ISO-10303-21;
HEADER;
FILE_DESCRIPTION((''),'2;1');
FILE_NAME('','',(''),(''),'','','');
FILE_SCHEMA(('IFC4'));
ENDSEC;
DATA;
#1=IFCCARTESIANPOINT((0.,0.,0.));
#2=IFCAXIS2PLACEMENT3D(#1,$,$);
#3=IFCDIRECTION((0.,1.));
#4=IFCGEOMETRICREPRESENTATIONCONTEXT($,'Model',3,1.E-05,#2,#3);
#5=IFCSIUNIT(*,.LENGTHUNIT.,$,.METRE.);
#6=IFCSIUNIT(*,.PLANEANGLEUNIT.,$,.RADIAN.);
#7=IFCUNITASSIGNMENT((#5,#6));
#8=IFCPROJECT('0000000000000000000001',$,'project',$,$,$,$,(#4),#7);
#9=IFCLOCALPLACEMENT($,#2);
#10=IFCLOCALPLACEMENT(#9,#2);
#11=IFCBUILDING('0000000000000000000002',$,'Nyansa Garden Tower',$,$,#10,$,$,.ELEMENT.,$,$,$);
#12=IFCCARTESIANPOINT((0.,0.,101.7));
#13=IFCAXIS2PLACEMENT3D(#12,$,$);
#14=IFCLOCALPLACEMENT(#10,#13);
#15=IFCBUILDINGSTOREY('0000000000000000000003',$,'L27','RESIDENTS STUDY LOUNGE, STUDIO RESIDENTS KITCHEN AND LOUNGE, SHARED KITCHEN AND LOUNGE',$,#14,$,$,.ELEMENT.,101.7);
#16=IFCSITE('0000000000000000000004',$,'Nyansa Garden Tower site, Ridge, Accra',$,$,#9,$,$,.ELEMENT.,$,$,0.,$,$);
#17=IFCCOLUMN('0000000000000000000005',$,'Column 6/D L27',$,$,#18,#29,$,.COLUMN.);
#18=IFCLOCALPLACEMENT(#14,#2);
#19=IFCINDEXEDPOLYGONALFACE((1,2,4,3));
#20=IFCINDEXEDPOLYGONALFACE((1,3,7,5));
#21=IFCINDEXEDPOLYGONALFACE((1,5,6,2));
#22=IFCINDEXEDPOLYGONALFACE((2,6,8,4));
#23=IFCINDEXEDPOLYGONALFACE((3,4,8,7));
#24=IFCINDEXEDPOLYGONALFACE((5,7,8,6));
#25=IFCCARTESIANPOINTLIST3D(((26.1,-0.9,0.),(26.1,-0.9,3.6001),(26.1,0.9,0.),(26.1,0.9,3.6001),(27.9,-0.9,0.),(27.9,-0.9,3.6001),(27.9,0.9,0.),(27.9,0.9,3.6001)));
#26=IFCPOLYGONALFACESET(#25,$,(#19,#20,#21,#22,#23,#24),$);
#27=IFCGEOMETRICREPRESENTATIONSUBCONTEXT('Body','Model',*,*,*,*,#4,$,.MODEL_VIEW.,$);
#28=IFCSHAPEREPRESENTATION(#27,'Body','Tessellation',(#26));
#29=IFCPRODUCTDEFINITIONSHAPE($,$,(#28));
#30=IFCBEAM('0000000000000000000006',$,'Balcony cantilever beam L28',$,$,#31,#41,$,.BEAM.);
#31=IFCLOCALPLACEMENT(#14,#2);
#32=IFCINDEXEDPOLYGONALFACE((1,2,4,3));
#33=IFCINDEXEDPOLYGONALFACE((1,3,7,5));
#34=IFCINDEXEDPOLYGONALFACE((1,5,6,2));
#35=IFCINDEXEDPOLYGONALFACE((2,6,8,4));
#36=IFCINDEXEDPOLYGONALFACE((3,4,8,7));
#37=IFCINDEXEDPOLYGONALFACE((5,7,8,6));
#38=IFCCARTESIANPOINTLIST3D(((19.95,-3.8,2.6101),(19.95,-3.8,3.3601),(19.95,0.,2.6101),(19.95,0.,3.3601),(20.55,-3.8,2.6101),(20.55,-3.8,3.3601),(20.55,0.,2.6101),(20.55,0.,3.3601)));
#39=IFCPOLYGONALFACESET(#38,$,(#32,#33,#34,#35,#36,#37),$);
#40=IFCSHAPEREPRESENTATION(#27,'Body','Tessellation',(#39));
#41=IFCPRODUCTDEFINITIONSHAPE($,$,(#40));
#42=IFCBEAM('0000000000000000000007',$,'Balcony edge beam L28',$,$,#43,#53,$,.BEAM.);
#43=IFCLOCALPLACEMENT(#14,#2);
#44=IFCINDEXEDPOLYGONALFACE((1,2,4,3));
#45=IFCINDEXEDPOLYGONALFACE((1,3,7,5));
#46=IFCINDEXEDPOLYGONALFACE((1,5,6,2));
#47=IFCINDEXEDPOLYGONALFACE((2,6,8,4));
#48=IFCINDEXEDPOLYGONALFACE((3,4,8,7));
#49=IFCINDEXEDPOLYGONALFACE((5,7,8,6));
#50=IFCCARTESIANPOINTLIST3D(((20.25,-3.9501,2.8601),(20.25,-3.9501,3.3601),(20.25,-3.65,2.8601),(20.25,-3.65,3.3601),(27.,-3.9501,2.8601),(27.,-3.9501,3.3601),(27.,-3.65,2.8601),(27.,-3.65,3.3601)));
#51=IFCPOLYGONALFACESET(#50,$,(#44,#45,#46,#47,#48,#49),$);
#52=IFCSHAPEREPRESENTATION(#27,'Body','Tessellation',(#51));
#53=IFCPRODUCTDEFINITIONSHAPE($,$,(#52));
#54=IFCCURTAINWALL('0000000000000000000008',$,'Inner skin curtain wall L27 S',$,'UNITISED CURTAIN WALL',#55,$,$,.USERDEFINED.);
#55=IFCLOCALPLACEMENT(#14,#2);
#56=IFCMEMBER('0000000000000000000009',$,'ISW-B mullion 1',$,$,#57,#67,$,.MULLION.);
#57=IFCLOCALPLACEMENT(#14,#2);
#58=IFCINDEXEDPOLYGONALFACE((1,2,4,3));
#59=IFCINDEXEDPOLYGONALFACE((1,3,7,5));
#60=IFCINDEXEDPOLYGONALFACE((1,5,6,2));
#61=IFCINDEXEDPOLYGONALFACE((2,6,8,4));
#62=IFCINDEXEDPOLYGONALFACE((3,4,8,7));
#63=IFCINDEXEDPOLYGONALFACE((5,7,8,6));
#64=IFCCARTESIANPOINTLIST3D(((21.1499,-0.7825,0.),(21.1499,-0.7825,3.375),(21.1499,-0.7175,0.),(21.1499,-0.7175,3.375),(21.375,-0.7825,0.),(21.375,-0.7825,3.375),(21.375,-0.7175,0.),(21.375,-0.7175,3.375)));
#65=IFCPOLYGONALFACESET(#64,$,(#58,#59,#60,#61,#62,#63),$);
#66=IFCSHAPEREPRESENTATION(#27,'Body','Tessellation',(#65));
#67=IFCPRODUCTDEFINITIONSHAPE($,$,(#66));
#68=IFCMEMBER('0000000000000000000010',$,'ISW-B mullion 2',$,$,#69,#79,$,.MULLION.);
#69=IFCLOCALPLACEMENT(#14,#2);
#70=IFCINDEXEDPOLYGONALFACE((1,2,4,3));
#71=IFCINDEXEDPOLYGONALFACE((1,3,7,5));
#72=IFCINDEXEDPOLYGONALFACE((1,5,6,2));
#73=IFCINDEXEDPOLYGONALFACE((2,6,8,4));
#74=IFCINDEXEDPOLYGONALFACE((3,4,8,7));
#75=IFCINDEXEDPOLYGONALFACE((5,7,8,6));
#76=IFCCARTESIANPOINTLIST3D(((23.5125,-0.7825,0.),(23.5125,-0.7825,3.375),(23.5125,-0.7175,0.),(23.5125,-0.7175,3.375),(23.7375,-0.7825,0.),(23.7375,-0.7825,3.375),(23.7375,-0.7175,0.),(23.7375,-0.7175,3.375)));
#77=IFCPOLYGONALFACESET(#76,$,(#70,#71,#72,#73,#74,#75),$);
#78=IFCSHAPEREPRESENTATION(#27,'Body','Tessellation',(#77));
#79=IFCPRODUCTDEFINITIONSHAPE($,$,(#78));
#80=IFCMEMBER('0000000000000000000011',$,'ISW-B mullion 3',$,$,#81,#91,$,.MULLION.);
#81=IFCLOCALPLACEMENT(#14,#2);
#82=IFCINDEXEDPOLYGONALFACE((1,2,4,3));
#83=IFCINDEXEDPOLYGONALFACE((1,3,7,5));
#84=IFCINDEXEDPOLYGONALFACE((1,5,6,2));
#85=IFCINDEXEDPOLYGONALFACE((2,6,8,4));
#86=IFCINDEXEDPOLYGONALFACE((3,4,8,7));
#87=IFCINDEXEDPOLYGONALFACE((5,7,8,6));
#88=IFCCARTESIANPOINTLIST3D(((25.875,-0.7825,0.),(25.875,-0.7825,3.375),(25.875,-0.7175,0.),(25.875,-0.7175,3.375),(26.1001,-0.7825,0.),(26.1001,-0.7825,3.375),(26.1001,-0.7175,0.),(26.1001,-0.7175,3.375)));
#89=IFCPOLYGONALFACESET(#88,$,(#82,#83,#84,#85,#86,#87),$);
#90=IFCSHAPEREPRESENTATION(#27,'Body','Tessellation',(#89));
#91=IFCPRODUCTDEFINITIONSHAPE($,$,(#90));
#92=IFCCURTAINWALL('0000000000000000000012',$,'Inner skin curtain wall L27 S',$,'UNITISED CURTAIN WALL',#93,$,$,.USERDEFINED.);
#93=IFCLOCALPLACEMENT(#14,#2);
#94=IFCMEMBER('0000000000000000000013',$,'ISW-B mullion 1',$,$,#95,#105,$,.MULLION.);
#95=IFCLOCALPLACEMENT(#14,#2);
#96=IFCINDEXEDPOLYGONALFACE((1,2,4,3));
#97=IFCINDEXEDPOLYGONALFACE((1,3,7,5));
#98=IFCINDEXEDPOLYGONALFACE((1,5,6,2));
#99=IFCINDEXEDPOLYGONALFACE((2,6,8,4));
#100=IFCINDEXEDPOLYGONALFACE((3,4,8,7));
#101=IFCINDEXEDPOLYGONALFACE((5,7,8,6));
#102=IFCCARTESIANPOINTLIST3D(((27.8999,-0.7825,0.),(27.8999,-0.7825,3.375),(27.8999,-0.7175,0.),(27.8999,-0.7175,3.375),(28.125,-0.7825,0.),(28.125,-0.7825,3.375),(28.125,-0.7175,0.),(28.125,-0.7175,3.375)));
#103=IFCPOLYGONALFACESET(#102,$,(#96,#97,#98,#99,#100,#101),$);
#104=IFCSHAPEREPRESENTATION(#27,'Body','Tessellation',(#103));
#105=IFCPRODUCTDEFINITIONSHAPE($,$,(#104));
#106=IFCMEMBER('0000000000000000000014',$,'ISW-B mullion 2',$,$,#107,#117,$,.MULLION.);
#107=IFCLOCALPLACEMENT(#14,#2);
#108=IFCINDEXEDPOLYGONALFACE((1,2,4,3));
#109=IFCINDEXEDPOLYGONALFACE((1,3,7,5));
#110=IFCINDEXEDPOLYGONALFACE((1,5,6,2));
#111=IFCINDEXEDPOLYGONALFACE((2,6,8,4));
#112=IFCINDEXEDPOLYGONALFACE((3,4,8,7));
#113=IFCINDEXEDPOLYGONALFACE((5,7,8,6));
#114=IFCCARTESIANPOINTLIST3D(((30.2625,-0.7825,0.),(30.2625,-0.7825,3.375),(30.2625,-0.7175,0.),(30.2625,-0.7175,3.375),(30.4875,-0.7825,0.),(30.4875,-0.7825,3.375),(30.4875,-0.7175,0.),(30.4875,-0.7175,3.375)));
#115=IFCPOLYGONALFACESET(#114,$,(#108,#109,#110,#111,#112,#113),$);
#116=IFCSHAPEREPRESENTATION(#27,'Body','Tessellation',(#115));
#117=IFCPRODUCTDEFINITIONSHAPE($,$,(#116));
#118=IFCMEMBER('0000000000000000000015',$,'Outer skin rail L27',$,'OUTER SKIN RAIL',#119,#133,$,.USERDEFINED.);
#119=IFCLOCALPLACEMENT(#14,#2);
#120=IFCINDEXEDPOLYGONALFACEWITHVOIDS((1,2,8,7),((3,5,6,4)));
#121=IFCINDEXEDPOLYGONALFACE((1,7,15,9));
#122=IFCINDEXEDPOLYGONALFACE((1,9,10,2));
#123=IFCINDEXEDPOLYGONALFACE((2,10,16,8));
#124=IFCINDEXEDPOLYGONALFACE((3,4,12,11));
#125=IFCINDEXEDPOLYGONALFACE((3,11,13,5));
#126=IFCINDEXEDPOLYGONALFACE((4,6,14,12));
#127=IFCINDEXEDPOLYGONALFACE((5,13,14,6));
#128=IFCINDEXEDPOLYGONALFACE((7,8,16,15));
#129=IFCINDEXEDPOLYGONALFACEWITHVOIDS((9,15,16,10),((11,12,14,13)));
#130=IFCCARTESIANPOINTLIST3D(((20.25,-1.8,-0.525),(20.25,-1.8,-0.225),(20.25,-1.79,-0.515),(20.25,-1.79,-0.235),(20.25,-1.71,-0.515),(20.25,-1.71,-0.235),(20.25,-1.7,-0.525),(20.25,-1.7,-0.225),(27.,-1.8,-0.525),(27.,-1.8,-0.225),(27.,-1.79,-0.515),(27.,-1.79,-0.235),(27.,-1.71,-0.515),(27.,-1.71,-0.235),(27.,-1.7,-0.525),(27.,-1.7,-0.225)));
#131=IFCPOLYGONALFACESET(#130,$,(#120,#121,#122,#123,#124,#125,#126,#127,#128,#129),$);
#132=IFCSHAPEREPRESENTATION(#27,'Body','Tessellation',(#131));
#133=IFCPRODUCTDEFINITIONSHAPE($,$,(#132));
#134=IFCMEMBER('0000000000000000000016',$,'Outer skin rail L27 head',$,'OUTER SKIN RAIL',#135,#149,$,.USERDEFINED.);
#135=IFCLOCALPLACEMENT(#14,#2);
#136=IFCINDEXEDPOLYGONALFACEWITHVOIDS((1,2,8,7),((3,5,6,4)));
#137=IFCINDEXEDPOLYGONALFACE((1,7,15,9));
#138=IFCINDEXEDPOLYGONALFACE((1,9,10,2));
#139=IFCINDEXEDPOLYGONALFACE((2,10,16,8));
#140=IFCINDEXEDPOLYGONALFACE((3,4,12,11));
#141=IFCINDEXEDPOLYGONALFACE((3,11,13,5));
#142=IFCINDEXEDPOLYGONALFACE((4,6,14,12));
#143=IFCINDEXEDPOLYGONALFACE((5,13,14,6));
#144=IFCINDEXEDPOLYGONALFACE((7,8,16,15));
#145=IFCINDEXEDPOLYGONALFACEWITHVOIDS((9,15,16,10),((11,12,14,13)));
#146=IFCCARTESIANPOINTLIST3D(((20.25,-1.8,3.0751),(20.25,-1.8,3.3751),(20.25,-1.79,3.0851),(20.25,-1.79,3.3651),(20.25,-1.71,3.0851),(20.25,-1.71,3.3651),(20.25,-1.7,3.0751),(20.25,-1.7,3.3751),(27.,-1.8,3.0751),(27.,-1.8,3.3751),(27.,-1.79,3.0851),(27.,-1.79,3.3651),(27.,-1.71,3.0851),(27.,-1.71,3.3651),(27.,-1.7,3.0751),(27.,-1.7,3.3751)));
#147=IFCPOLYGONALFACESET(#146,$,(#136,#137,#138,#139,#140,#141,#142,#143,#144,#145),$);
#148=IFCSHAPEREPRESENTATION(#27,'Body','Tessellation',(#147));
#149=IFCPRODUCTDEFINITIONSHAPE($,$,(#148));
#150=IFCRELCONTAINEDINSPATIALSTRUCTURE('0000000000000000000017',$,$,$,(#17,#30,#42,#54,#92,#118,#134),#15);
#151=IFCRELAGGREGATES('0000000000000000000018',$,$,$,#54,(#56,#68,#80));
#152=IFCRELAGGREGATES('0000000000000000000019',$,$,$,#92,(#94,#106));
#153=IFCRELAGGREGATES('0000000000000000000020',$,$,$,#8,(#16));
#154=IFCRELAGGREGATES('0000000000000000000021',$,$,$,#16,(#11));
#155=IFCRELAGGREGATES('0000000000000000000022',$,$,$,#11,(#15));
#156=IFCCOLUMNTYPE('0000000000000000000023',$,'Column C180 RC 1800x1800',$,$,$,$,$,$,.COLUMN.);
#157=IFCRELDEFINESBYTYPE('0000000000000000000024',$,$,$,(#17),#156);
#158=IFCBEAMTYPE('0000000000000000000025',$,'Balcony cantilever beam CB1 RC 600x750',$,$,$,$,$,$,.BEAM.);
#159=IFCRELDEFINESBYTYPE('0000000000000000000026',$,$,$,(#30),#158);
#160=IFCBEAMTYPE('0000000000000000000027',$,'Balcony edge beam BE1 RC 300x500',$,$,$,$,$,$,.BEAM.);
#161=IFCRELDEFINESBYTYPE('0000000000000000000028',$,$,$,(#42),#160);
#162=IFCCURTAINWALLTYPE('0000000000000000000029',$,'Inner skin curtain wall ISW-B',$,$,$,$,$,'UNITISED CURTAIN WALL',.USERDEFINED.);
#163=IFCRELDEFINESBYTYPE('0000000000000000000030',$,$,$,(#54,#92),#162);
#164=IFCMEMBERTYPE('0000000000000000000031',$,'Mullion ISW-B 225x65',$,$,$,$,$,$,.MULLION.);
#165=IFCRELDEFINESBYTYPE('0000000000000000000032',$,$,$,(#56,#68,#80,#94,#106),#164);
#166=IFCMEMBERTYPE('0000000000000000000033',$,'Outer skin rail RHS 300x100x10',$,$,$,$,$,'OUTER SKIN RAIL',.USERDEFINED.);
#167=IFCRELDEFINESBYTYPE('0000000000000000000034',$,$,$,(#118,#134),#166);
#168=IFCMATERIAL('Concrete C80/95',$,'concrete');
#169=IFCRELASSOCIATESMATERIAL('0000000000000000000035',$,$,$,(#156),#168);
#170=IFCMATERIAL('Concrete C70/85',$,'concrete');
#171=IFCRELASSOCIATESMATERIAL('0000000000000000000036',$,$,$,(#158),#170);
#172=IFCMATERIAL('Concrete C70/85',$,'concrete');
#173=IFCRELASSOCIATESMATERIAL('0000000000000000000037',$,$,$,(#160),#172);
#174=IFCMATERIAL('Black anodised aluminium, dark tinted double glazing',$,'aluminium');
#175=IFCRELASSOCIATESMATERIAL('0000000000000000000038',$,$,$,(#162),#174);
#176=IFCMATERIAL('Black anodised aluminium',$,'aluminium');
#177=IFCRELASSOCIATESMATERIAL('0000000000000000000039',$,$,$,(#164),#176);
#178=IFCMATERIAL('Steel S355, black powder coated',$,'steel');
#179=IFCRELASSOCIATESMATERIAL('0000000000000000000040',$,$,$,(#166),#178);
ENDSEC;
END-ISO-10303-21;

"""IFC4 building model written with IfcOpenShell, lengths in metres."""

from ifc_helpers import new_model, si_unit, direction, frame, origin, origin_2d, place, context, subcontext, project, spatial, rectangle, hollow_rectangle, extrude, material, material_profile, profile_set, type_object, element, aggregate, save


model = new_model("IFC4")

# Units and contexts
model_context = context("Model", 3, precision=1e-05, world=origin(), true_north=direction((0.0, 1.0)))
body_context = subcontext(model_context, "Body", "Model", "MODEL_VIEW")
ifc_project = project(units=[si_unit("LENGTHUNIT", "METRE"), si_unit("PLANEANGLEUNIT", "RADIAN")], contexts=[model_context])

# Site, building, storey
site_placement = place(None, origin())
site = spatial("IfcSite", under=ifc_project, at=site_placement, Name="Nyansa Garden Tower site, Ridge, Accra", CompositionType="ELEMENT", RefElevation=0.0)
building_placement = place(site_placement, origin())
building = spatial("IfcBuilding", under=site, at=building_placement, Name="Nyansa Garden Tower", CompositionType="ELEMENT")
storey_placement = place(building_placement, frame((0.0, 0.0, 101.7)))
storey = spatial("IfcBuildingStorey", under=building, at=storey_placement, Name="L27", Description="RESIDENTS STUDY LOUNGE, STUDIO RESIDENTS KITCHEN AND LOUNGE, SHARED KITCHEN AND LOUNGE", CompositionType="ELEMENT", Elevation=101.7)

# Column
ifc_material_1 = material(Name="Concrete C80/95", Category="concrete")
ifc_material_profile_1 = material_profile(ifc_material_1, rectangle(XDim=1.8, YDim=1.8, at=origin_2d()), Name="RC 1800x1800")
ifc_profile_set_1 = profile_set([ifc_material_profile_1], Name="Concrete C80/95")
column_type = type_object("IfcColumnType", Name="Column C180 RC 1800x1800", PredefinedType="COLUMN", material=ifc_profile_set_1)
column_placement = place(storey_placement, frame((27.0, 0.0, 0.0), z_axis=(0.0, 0.0, 1.0), x_axis=(1.0, 0.0, 0.0)))
element("IfcColumn", 1, at=column_placement, inside=storey, type_object=column_type, Name="Column 6/D L27", PredefinedType="COLUMN", context=body_context, shape_type="SweptSolid", body=[
    extrude(rectangle(XDim=1.8, YDim=1.8, at=origin_2d()), origin(), (0.0, 0.0, 1.0), 3.6001),
])

# Beams
ifc_material_2 = material(Name="Concrete C70/85", Category="concrete")
ifc_material_profile_2 = material_profile(ifc_material_2, rectangle(XDim=0.6001, YDim=0.75, at=origin_2d()), Name="RC 600x750")
ifc_profile_set_2 = profile_set([ifc_material_profile_2], Name="Concrete C70/85")
beam_type_1 = type_object("IfcBeamType", Name="Balcony cantilever beam CB1 RC 600x750", PredefinedType="BEAM", material=ifc_profile_set_2)
beam_1_placement = place(storey_placement, frame((20.25, 0.0, 2.9851), z_axis=(0.0, -1.0, 0.0), x_axis=(1.0, 0.0, 0.0)))
element("IfcBeam", 2, at=beam_1_placement, inside=storey, type_object=beam_type_1, Name="Balcony cantilever beam L28", PredefinedType="BEAM", context=body_context, shape_type="SweptSolid", body=[
    extrude(rectangle(XDim=0.6001, YDim=0.75, at=origin_2d()), origin(), (0.0, 0.0, 1.0), 3.8),
])
ifc_material_3 = material(Name="Concrete C70/85", Category="concrete")
ifc_material_profile_3 = material_profile(ifc_material_3, rectangle(XDim=0.3, YDim=0.5, at=origin_2d()), Name="RC 300x500")
ifc_profile_set_3 = profile_set([ifc_material_profile_3], Name="Concrete C70/85")
beam_type_2 = type_object("IfcBeamType", Name="Balcony edge beam BE1 RC 300x500", PredefinedType="BEAM", material=ifc_profile_set_3)
beam_2_placement = place(storey_placement, frame((20.25, -3.8, 3.1101), z_axis=(1.0, 0.0, 0.0), x_axis=(0.0, 1.0, 0.0)))
element("IfcBeam", 3, at=beam_2_placement, inside=storey, type_object=beam_type_2, Name="Balcony edge beam L28", PredefinedType="BEAM", context=body_context, shape_type="SweptSolid", body=[
    extrude(rectangle(XDim=0.3, YDim=0.5, at=origin_2d()), origin(), (0.0, 0.0, 1.0), 6.75),
])

# Curtain walls, members
ifc_material_4 = material(Name="Black anodised aluminium, dark tinted double glazing", Category="aluminium")
curtain_wall_type = type_object("IfcCurtainWallType", Name="Inner skin curtain wall ISW-B", ElementType="UNITISED CURTAIN WALL", PredefinedType="USERDEFINED", material=ifc_material_4)
curtain_wall_1_placement = place(storey_placement, origin())
curtain_wall_1 = element("IfcCurtainWall", 4, at=curtain_wall_1_placement, inside=storey, type_object=curtain_wall_type, Name="Inner skin curtain wall L27 S", ObjectType="UNITISED CURTAIN WALL", PredefinedType="USERDEFINED")
ifc_material_5 = material(Name="Black anodised aluminium", Category="aluminium")
ifc_material_profile_4 = material_profile(ifc_material_5, rectangle(XDim=0.0649, YDim=0.2251, at=origin_2d()), Name="Mullion 225x65")
ifc_profile_set_4 = profile_set([ifc_material_profile_4], Name="Black anodised aluminium")
member_type_1 = type_object("IfcMemberType", Name="Mullion ISW-B 225x65", PredefinedType="MULLION", material=ifc_profile_set_4)
member_1_placement = place(storey_placement, frame((21.2625, -0.75, 0.0), z_axis=(0.0, 0.0, 1.0), x_axis=(0.0, 1.0, 0.0)))
member_1 = element("IfcMember", 5, at=member_1_placement, type_object=member_type_1, Name="ISW-B mullion 1", PredefinedType="MULLION", context=body_context, shape_type="SweptSolid", body=[
    extrude(rectangle(XDim=0.0649, YDim=0.2251, at=origin_2d()), origin(), (0.0, 0.0, 1.0), 3.375),
])
member_2_placement = place(storey_placement, frame((23.625, -0.75, 0.0), z_axis=(0.0, 0.0, 1.0), x_axis=(0.0, 1.0, 0.0)))
member_2 = element("IfcMember", 6, at=member_2_placement, type_object=member_type_1, Name="ISW-B mullion 2", PredefinedType="MULLION", context=body_context, shape_type="SweptSolid", body=[
    extrude(rectangle(XDim=0.0649, YDim=0.2251, at=origin_2d()), origin(), (0.0, 0.0, 1.0), 3.375),
])
member_3_placement = place(storey_placement, frame((25.9875, -0.75, 0.0), z_axis=(0.0, 0.0, 1.0), x_axis=(0.0, 1.0, 0.0)))
member_3 = element("IfcMember", 7, at=member_3_placement, type_object=member_type_1, Name="ISW-B mullion 3", PredefinedType="MULLION", context=body_context, shape_type="SweptSolid", body=[
    extrude(rectangle(XDim=0.0649, YDim=0.2251, at=origin_2d()), origin(), (0.0, 0.0, 1.0), 3.375),
])
curtain_wall_2_placement = place(storey_placement, origin())
curtain_wall_2 = element("IfcCurtainWall", 8, at=curtain_wall_2_placement, inside=storey, type_object=curtain_wall_type, Name="Inner skin curtain wall L27 S", ObjectType="UNITISED CURTAIN WALL", PredefinedType="USERDEFINED")
member_4_placement = place(storey_placement, frame((28.0125, -0.75, 0.0), z_axis=(0.0, 0.0, 1.0), x_axis=(0.0, 1.0, 0.0)))
member_4 = element("IfcMember", 9, at=member_4_placement, type_object=member_type_1, Name="ISW-B mullion 1", PredefinedType="MULLION", context=body_context, shape_type="SweptSolid", body=[
    extrude(rectangle(XDim=0.0649, YDim=0.2251, at=origin_2d()), origin(), (0.0, 0.0, 1.0), 3.375),
])
member_5_placement = place(storey_placement, frame((30.375, -0.75, 0.0), z_axis=(0.0, 0.0, 1.0), x_axis=(0.0, 1.0, 0.0)))
member_5 = element("IfcMember", 10, at=member_5_placement, type_object=member_type_1, Name="ISW-B mullion 2", PredefinedType="MULLION", context=body_context, shape_type="SweptSolid", body=[
    extrude(rectangle(XDim=0.0649, YDim=0.2251, at=origin_2d()), origin(), (0.0, 0.0, 1.0), 3.375),
])

# Members
ifc_material_6 = material(Name="Steel S355, black powder coated", Category="steel")
ifc_material_profile_5 = material_profile(ifc_material_6, hollow_rectangle(XDim=0.1001, YDim=0.3, WallThickness=0.01, at=origin_2d()), Name="RHS 300x100x10")
ifc_profile_set_5 = profile_set([ifc_material_profile_5], Name="Steel S355, black powder coated")
member_type_2 = type_object("IfcMemberType", Name="Outer skin rail RHS 300x100x10", ElementType="OUTER SKIN RAIL", PredefinedType="USERDEFINED", material=ifc_profile_set_5)
for number, where, z_axis, x_axis, name in (
    (11, (20.25, -1.75, -0.375), (1.0, 0.0, 0.0), (0.0, 1.0, 0.0), "Outer skin rail L27"),
    (12, (20.25, -1.75, 3.2251), (1.0, 0.0, 0.0), (0.0, 1.0, 0.0), "Outer skin rail L27 head"),
):
    element("IfcMember", number, at=place(storey_placement, frame(where, z_axis=z_axis, x_axis=x_axis)), inside=storey, type_object=member_type_2, Name=name, ObjectType="OUTER SKIN RAIL", PredefinedType="USERDEFINED", context=body_context, shape_type="SweptSolid", body=[
        extrude(hollow_rectangle(XDim=0.1001, YDim=0.3, WallThickness=0.01, at=origin_2d()), origin(), (0.0, 0.0, 1.0), 6.75),
    ])

aggregate(curtain_wall_1, [member_1, member_2, member_3])
aggregate(curtain_wall_2, [member_4, member_5])

save(model, "model.ifc")
